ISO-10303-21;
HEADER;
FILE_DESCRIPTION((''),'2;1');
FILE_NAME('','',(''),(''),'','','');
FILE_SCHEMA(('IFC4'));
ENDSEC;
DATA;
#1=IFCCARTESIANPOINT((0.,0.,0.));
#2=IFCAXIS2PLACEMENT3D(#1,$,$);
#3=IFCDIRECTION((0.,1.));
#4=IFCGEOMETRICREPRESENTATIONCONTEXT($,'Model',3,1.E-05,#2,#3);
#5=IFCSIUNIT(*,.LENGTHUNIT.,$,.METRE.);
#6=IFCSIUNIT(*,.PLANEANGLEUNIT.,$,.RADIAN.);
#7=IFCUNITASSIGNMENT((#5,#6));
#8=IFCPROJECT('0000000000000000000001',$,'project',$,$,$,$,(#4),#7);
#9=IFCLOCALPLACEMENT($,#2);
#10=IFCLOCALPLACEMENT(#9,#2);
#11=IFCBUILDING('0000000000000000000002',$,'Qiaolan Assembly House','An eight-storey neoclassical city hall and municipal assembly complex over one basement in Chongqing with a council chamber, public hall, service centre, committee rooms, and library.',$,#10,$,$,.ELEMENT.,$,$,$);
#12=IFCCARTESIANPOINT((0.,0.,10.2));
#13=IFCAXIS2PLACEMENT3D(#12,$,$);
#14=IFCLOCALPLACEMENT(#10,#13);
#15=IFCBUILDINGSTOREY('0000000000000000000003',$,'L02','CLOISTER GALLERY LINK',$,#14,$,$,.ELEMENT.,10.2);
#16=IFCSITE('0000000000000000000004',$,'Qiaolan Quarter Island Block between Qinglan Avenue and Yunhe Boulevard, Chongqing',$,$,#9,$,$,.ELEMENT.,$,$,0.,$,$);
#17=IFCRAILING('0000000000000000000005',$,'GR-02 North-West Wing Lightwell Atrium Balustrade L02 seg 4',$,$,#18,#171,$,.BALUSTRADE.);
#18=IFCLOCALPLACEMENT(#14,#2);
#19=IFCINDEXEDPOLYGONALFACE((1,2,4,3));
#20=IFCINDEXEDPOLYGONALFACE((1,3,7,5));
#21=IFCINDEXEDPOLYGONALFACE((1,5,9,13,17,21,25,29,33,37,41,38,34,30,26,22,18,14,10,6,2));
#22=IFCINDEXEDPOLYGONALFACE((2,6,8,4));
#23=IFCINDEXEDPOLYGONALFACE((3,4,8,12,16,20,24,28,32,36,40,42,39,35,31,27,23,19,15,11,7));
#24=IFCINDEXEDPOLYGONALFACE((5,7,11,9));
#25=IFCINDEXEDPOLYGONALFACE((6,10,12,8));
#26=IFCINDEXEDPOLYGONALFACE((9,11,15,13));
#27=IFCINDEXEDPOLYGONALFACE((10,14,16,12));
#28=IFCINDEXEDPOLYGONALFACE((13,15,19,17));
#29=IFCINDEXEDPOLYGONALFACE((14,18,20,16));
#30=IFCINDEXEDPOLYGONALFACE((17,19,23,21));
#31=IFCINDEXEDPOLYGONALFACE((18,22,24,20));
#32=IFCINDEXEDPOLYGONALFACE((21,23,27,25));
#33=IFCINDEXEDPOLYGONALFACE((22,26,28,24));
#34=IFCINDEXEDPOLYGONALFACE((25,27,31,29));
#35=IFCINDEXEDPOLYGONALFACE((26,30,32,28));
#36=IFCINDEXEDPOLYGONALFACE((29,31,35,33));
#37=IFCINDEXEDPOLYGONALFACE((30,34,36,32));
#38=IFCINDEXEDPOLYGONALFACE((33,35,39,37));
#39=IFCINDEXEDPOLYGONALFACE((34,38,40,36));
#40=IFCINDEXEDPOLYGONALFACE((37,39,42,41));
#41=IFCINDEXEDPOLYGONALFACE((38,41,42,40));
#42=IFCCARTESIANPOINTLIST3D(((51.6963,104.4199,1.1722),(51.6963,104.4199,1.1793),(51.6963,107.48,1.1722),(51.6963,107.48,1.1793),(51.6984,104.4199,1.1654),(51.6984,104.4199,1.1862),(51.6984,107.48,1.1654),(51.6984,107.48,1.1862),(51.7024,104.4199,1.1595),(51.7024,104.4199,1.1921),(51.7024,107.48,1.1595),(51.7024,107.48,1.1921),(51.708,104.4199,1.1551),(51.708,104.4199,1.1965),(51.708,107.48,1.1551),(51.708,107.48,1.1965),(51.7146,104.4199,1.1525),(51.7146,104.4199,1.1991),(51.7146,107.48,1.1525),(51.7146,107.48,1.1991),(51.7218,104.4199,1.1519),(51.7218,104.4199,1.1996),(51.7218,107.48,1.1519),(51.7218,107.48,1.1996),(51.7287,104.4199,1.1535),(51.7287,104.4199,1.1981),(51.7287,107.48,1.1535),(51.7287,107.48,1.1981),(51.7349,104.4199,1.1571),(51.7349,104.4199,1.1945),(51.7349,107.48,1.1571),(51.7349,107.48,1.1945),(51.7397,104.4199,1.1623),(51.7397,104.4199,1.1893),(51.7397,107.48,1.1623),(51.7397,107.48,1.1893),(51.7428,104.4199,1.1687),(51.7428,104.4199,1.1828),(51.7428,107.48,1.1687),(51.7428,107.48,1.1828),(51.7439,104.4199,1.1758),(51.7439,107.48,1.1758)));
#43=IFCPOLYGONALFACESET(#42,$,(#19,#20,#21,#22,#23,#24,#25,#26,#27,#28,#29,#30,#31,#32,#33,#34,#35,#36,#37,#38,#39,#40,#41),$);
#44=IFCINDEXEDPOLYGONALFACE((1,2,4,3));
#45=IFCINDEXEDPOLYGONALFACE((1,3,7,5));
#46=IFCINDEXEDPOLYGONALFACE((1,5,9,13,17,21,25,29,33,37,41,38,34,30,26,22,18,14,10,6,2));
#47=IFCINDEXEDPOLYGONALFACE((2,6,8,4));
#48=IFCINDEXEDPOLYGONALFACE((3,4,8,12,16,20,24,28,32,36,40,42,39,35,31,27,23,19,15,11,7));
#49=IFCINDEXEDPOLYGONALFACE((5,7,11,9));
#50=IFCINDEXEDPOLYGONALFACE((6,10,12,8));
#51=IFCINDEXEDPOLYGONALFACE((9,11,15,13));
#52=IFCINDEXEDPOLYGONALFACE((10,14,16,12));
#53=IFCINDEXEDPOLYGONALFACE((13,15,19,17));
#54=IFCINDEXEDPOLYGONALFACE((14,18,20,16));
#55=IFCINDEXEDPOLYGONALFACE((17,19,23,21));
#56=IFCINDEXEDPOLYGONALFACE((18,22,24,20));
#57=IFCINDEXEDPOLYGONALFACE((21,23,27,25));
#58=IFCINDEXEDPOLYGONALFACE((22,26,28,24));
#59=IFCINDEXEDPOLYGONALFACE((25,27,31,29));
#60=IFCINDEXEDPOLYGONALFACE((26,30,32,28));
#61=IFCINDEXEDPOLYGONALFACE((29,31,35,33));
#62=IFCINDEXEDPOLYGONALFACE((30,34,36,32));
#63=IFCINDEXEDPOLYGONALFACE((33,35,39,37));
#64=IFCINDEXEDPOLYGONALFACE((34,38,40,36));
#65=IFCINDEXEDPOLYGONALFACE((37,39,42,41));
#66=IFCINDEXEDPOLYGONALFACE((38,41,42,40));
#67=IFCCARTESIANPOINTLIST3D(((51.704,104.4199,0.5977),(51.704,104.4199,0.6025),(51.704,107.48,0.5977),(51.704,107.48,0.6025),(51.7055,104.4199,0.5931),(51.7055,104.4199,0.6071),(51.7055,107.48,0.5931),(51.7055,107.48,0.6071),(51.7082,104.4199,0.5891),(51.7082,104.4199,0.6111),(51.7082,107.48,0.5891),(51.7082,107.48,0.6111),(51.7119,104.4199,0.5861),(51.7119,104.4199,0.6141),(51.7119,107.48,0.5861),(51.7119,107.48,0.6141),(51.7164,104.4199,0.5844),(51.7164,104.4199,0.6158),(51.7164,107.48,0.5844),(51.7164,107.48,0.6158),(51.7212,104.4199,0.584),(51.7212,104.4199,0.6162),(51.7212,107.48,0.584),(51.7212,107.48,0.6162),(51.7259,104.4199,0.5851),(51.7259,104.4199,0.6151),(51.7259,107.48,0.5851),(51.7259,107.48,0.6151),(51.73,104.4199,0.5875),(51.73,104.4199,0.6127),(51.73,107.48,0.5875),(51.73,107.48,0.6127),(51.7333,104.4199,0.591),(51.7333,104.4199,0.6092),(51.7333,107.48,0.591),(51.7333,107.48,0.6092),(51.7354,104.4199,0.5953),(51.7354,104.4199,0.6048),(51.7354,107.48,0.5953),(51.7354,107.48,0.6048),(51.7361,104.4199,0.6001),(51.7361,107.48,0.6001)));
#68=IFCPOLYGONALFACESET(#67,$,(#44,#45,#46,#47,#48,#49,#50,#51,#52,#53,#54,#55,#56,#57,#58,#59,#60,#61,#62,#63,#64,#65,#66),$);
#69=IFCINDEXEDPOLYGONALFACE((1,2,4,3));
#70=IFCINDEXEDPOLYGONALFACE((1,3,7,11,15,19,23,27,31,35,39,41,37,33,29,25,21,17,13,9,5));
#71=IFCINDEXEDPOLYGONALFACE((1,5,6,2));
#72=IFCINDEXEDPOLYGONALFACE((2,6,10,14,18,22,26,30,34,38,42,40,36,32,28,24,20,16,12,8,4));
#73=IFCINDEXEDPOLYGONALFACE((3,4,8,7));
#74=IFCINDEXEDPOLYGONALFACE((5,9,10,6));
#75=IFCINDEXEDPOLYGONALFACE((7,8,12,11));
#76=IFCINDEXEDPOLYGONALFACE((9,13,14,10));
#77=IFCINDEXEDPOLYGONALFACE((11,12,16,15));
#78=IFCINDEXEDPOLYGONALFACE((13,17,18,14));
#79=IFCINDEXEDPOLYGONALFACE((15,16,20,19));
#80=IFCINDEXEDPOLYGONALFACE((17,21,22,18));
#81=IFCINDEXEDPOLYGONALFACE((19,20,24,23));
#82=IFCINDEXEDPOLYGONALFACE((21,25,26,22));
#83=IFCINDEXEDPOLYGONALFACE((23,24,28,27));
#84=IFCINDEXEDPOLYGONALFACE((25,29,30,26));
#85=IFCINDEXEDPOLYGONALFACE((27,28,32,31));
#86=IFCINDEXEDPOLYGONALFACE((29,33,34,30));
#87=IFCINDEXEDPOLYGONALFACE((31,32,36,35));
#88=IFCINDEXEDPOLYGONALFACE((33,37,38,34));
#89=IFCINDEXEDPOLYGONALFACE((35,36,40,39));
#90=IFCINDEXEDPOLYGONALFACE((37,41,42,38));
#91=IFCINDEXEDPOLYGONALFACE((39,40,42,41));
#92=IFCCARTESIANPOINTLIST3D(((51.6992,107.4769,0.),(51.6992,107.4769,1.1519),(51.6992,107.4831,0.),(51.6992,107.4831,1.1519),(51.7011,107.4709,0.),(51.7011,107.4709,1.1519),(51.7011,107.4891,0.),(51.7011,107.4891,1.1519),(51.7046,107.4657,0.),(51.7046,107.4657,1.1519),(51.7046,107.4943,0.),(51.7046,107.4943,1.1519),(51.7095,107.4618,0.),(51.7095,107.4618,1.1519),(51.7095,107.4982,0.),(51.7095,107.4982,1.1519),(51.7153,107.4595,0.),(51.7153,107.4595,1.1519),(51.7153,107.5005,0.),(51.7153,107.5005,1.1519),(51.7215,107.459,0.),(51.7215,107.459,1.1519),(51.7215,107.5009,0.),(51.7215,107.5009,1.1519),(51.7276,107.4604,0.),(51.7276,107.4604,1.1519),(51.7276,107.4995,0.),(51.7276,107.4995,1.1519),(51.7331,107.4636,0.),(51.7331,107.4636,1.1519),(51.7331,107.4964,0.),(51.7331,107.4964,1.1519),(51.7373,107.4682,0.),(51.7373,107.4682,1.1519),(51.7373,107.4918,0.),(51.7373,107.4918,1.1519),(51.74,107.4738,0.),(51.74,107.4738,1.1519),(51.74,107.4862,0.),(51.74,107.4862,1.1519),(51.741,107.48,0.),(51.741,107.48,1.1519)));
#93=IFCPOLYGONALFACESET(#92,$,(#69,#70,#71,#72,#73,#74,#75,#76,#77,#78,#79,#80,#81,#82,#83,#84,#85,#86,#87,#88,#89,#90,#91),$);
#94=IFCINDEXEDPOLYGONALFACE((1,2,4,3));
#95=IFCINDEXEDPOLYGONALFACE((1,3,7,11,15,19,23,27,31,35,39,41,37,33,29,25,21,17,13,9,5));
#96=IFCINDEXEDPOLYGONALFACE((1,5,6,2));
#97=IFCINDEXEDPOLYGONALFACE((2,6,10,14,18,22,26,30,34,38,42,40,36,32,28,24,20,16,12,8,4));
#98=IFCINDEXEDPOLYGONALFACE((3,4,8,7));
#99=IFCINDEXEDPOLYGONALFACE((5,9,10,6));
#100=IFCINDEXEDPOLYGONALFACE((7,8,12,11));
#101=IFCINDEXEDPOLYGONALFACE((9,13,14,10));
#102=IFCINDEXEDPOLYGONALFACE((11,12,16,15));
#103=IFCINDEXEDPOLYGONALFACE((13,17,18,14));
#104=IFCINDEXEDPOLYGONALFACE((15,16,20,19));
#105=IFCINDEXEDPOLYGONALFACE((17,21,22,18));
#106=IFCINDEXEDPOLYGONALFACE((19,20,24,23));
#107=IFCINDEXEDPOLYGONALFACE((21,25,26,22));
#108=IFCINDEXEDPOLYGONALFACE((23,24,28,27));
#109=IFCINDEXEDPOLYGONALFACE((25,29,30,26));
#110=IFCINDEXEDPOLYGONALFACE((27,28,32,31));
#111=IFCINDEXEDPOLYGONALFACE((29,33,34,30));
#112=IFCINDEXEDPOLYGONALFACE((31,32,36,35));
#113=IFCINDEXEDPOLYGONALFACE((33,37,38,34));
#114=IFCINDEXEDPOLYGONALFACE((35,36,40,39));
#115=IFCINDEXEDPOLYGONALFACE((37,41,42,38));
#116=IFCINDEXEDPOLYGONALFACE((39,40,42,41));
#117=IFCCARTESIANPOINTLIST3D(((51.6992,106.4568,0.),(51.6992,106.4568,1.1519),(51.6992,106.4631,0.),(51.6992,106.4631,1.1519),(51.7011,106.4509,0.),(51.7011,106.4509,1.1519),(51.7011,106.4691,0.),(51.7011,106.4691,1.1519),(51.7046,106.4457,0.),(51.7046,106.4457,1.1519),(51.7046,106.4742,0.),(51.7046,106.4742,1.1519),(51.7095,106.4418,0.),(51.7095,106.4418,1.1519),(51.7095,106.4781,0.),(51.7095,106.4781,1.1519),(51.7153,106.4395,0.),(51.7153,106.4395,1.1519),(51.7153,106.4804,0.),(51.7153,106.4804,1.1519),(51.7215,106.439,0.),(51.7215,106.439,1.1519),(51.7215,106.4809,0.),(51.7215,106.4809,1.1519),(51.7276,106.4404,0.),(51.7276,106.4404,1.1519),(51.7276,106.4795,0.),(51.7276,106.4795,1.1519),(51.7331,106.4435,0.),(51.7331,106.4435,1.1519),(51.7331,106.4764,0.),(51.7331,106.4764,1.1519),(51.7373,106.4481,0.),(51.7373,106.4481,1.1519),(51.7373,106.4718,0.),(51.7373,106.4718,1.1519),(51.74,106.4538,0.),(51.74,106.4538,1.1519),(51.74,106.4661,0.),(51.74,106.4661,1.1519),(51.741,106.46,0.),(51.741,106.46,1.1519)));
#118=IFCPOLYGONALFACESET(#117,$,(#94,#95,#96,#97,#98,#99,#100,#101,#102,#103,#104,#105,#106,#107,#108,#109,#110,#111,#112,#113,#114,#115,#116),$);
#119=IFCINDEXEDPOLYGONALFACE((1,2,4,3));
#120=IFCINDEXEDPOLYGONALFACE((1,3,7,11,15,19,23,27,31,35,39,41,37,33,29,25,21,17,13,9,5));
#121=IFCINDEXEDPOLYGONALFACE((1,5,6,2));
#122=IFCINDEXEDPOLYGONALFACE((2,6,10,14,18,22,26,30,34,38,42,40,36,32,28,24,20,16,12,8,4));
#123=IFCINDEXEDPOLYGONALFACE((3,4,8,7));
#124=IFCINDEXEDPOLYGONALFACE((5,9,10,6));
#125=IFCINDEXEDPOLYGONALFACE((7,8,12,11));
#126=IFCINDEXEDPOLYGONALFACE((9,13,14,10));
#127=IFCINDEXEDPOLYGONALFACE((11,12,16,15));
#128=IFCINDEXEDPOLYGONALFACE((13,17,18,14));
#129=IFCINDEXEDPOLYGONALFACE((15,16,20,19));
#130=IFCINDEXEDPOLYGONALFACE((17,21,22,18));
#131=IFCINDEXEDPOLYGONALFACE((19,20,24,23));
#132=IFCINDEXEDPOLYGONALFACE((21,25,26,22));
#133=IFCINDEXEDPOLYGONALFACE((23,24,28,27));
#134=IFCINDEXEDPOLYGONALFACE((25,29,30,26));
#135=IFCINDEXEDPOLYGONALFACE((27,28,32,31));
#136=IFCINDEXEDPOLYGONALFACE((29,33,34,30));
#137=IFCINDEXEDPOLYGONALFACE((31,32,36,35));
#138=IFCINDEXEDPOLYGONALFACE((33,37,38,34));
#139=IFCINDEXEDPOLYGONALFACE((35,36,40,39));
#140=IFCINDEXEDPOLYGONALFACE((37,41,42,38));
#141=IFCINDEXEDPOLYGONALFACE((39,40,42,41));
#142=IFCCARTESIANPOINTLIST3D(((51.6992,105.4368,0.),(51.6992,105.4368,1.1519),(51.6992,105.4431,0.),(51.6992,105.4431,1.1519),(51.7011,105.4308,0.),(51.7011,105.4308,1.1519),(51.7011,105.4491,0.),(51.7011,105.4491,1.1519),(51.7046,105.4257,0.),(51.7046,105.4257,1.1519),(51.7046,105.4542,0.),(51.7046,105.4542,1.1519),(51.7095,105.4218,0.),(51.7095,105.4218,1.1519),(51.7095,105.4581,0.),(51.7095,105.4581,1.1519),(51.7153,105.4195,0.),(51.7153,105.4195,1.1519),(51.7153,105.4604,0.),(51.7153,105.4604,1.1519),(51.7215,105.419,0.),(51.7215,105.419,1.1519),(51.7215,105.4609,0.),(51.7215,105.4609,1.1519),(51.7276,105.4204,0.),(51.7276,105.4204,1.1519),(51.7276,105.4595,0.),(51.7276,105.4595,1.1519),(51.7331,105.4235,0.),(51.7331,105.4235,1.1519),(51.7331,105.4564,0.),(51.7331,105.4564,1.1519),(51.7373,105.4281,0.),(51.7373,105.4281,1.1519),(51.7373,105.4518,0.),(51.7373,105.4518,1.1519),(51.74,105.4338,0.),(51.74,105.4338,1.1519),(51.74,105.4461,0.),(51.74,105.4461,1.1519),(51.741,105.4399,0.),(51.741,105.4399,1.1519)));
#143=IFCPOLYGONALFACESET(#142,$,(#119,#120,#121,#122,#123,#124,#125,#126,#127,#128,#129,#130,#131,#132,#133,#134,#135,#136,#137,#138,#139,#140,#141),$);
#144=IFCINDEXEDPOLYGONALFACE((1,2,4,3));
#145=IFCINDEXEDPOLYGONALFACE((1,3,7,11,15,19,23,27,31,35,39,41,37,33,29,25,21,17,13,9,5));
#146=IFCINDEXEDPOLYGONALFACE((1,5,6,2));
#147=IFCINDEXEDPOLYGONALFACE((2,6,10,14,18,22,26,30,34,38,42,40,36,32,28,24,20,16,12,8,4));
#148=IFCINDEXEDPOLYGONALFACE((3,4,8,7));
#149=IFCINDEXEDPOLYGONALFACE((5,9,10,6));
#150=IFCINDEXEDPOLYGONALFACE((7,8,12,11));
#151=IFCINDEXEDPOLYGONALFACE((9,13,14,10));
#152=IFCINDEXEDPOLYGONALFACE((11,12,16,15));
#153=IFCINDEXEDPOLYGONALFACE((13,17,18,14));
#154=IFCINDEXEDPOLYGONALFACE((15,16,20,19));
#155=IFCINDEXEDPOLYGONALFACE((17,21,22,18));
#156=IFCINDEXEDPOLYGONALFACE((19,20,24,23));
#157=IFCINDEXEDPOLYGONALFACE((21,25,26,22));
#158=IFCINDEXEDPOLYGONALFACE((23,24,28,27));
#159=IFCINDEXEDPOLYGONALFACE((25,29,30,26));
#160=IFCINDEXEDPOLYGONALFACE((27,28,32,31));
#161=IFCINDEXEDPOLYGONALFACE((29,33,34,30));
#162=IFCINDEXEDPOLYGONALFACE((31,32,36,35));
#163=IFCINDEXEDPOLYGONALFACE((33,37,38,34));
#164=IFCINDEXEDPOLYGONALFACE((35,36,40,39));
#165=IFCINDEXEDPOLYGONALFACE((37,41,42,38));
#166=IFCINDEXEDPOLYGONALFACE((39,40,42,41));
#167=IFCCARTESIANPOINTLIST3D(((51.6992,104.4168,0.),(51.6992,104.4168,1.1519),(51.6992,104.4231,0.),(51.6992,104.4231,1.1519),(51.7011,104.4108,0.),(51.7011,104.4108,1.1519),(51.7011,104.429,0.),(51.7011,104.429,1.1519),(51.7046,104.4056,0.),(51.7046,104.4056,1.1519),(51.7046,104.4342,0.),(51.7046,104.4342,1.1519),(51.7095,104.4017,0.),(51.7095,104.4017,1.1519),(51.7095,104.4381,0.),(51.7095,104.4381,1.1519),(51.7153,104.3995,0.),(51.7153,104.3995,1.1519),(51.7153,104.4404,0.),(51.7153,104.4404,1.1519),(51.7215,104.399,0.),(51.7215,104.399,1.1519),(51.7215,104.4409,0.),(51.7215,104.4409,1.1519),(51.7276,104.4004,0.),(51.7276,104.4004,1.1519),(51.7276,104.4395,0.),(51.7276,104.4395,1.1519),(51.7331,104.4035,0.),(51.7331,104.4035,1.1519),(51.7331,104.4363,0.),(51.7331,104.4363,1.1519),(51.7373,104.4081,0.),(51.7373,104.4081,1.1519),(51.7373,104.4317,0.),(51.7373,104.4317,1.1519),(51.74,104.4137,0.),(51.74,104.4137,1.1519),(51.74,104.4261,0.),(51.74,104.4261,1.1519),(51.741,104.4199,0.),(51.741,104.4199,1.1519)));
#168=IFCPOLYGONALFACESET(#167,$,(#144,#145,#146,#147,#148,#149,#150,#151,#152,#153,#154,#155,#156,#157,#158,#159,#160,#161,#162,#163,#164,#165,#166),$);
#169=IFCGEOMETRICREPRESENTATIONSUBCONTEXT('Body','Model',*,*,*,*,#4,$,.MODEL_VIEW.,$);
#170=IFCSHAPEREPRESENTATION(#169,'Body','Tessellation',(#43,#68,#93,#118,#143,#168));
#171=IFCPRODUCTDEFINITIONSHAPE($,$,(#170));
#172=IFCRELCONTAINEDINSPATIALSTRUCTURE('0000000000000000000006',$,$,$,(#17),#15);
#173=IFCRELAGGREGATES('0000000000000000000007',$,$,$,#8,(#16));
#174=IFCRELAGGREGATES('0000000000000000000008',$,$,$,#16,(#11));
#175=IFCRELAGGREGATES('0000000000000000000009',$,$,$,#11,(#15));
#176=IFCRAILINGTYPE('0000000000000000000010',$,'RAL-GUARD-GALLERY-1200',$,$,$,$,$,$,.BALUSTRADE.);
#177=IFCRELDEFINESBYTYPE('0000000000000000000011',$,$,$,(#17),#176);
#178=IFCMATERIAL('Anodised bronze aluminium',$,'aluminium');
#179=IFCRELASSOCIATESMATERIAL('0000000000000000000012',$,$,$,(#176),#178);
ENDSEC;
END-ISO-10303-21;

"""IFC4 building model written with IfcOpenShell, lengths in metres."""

from ifc_helpers import new_model, si_unit, direction, frame, origin, origin_2d, place, context, subcontext, project, spatial, circle, extrude, material, type_object, element, save


model = new_model("IFC4")

# Units and contexts
model_context = context("Model", 3, precision=1e-05, world=origin(), true_north=direction((0.0, 1.0)))
body_context = subcontext(model_context, "Body", "Model", "MODEL_VIEW")
ifc_project = project(units=[si_unit("LENGTHUNIT", "METRE"), si_unit("PLANEANGLEUNIT", "RADIAN")], contexts=[model_context])

# Site, building, storey
site_placement = place(None, origin())
site = spatial("IfcSite", under=ifc_project, at=site_placement, Name="Qiaolan Quarter Island Block between Qinglan Avenue and Yunhe Boulevard, Chongqing", CompositionType="ELEMENT", RefElevation=0.0)
building_placement = place(site_placement, origin())
building = spatial("IfcBuilding", under=site, at=building_placement, Name="Qiaolan Assembly House", Description="An eight-storey neoclassical city hall and municipal assembly complex over one basement in Chongqing with a council chamber, public hall, service centre, committee rooms, and library.", CompositionType="ELEMENT")
storey_placement = place(building_placement, frame((0.0, 0.0, 10.2)))
storey = spatial("IfcBuildingStorey", under=building, at=storey_placement, Name="L02", Description="CLOISTER GALLERY LINK", CompositionType="ELEMENT", Elevation=10.2)

# Railing
ifc_material_1 = material(Name="Anodised bronze aluminium", Category="aluminium")
railing_type = type_object("IfcRailingType", Name="RAL-GUARD-GALLERY-1200", PredefinedType="BALUSTRADE", material=ifc_material_1)
railing_1_placement = place(storey_placement, frame((51.72, 107.48, 0.0)))
element("IfcRailing", 1, at=railing_1_placement, inside=storey, type_object=railing_type, Name="GR-02 North-West Wing Lightwell Atrium Balustrade L02 seg 4", PredefinedType="BALUSTRADE", context=body_context, shape_type="SweptSolid", body=[
    extrude(circle(Radius=0.0239, at=origin_2d()), frame((0.0, 0.0, 1.1758), z_axis=(0.0, -1.0, 0.0), x_axis=(1.0, 0.0, 0.0)), (0.0, 0.0, 1.0), 3.0601),
    extrude(circle(Radius=0.0161, at=origin_2d()), frame((0.0, 0.0, 0.6001), z_axis=(0.0, -1.0, 0.0), x_axis=(1.0, 0.0, 0.0)), (0.0, 0.0, 1.0), 3.0601),
    extrude(circle(Radius=0.021, at=origin_2d()), origin(), (0.0, 0.0, 1.0), 1.1519),
    extrude(circle(Radius=0.021, at=origin_2d()), frame((0.0, -1.02, 0.0)), (0.0, 0.0, 1.0), 1.1519),
    extrude(circle(Radius=0.021, at=origin_2d()), frame((0.0, -2.04, 0.0)), (0.0, 0.0, 1.0), 1.1519),
    extrude(circle(Radius=0.021, at=origin_2d()), frame((0.0, -3.0601, 0.0)), (0.0, 0.0, 1.0), 1.1519),
])

save(model, "model.ifc")
